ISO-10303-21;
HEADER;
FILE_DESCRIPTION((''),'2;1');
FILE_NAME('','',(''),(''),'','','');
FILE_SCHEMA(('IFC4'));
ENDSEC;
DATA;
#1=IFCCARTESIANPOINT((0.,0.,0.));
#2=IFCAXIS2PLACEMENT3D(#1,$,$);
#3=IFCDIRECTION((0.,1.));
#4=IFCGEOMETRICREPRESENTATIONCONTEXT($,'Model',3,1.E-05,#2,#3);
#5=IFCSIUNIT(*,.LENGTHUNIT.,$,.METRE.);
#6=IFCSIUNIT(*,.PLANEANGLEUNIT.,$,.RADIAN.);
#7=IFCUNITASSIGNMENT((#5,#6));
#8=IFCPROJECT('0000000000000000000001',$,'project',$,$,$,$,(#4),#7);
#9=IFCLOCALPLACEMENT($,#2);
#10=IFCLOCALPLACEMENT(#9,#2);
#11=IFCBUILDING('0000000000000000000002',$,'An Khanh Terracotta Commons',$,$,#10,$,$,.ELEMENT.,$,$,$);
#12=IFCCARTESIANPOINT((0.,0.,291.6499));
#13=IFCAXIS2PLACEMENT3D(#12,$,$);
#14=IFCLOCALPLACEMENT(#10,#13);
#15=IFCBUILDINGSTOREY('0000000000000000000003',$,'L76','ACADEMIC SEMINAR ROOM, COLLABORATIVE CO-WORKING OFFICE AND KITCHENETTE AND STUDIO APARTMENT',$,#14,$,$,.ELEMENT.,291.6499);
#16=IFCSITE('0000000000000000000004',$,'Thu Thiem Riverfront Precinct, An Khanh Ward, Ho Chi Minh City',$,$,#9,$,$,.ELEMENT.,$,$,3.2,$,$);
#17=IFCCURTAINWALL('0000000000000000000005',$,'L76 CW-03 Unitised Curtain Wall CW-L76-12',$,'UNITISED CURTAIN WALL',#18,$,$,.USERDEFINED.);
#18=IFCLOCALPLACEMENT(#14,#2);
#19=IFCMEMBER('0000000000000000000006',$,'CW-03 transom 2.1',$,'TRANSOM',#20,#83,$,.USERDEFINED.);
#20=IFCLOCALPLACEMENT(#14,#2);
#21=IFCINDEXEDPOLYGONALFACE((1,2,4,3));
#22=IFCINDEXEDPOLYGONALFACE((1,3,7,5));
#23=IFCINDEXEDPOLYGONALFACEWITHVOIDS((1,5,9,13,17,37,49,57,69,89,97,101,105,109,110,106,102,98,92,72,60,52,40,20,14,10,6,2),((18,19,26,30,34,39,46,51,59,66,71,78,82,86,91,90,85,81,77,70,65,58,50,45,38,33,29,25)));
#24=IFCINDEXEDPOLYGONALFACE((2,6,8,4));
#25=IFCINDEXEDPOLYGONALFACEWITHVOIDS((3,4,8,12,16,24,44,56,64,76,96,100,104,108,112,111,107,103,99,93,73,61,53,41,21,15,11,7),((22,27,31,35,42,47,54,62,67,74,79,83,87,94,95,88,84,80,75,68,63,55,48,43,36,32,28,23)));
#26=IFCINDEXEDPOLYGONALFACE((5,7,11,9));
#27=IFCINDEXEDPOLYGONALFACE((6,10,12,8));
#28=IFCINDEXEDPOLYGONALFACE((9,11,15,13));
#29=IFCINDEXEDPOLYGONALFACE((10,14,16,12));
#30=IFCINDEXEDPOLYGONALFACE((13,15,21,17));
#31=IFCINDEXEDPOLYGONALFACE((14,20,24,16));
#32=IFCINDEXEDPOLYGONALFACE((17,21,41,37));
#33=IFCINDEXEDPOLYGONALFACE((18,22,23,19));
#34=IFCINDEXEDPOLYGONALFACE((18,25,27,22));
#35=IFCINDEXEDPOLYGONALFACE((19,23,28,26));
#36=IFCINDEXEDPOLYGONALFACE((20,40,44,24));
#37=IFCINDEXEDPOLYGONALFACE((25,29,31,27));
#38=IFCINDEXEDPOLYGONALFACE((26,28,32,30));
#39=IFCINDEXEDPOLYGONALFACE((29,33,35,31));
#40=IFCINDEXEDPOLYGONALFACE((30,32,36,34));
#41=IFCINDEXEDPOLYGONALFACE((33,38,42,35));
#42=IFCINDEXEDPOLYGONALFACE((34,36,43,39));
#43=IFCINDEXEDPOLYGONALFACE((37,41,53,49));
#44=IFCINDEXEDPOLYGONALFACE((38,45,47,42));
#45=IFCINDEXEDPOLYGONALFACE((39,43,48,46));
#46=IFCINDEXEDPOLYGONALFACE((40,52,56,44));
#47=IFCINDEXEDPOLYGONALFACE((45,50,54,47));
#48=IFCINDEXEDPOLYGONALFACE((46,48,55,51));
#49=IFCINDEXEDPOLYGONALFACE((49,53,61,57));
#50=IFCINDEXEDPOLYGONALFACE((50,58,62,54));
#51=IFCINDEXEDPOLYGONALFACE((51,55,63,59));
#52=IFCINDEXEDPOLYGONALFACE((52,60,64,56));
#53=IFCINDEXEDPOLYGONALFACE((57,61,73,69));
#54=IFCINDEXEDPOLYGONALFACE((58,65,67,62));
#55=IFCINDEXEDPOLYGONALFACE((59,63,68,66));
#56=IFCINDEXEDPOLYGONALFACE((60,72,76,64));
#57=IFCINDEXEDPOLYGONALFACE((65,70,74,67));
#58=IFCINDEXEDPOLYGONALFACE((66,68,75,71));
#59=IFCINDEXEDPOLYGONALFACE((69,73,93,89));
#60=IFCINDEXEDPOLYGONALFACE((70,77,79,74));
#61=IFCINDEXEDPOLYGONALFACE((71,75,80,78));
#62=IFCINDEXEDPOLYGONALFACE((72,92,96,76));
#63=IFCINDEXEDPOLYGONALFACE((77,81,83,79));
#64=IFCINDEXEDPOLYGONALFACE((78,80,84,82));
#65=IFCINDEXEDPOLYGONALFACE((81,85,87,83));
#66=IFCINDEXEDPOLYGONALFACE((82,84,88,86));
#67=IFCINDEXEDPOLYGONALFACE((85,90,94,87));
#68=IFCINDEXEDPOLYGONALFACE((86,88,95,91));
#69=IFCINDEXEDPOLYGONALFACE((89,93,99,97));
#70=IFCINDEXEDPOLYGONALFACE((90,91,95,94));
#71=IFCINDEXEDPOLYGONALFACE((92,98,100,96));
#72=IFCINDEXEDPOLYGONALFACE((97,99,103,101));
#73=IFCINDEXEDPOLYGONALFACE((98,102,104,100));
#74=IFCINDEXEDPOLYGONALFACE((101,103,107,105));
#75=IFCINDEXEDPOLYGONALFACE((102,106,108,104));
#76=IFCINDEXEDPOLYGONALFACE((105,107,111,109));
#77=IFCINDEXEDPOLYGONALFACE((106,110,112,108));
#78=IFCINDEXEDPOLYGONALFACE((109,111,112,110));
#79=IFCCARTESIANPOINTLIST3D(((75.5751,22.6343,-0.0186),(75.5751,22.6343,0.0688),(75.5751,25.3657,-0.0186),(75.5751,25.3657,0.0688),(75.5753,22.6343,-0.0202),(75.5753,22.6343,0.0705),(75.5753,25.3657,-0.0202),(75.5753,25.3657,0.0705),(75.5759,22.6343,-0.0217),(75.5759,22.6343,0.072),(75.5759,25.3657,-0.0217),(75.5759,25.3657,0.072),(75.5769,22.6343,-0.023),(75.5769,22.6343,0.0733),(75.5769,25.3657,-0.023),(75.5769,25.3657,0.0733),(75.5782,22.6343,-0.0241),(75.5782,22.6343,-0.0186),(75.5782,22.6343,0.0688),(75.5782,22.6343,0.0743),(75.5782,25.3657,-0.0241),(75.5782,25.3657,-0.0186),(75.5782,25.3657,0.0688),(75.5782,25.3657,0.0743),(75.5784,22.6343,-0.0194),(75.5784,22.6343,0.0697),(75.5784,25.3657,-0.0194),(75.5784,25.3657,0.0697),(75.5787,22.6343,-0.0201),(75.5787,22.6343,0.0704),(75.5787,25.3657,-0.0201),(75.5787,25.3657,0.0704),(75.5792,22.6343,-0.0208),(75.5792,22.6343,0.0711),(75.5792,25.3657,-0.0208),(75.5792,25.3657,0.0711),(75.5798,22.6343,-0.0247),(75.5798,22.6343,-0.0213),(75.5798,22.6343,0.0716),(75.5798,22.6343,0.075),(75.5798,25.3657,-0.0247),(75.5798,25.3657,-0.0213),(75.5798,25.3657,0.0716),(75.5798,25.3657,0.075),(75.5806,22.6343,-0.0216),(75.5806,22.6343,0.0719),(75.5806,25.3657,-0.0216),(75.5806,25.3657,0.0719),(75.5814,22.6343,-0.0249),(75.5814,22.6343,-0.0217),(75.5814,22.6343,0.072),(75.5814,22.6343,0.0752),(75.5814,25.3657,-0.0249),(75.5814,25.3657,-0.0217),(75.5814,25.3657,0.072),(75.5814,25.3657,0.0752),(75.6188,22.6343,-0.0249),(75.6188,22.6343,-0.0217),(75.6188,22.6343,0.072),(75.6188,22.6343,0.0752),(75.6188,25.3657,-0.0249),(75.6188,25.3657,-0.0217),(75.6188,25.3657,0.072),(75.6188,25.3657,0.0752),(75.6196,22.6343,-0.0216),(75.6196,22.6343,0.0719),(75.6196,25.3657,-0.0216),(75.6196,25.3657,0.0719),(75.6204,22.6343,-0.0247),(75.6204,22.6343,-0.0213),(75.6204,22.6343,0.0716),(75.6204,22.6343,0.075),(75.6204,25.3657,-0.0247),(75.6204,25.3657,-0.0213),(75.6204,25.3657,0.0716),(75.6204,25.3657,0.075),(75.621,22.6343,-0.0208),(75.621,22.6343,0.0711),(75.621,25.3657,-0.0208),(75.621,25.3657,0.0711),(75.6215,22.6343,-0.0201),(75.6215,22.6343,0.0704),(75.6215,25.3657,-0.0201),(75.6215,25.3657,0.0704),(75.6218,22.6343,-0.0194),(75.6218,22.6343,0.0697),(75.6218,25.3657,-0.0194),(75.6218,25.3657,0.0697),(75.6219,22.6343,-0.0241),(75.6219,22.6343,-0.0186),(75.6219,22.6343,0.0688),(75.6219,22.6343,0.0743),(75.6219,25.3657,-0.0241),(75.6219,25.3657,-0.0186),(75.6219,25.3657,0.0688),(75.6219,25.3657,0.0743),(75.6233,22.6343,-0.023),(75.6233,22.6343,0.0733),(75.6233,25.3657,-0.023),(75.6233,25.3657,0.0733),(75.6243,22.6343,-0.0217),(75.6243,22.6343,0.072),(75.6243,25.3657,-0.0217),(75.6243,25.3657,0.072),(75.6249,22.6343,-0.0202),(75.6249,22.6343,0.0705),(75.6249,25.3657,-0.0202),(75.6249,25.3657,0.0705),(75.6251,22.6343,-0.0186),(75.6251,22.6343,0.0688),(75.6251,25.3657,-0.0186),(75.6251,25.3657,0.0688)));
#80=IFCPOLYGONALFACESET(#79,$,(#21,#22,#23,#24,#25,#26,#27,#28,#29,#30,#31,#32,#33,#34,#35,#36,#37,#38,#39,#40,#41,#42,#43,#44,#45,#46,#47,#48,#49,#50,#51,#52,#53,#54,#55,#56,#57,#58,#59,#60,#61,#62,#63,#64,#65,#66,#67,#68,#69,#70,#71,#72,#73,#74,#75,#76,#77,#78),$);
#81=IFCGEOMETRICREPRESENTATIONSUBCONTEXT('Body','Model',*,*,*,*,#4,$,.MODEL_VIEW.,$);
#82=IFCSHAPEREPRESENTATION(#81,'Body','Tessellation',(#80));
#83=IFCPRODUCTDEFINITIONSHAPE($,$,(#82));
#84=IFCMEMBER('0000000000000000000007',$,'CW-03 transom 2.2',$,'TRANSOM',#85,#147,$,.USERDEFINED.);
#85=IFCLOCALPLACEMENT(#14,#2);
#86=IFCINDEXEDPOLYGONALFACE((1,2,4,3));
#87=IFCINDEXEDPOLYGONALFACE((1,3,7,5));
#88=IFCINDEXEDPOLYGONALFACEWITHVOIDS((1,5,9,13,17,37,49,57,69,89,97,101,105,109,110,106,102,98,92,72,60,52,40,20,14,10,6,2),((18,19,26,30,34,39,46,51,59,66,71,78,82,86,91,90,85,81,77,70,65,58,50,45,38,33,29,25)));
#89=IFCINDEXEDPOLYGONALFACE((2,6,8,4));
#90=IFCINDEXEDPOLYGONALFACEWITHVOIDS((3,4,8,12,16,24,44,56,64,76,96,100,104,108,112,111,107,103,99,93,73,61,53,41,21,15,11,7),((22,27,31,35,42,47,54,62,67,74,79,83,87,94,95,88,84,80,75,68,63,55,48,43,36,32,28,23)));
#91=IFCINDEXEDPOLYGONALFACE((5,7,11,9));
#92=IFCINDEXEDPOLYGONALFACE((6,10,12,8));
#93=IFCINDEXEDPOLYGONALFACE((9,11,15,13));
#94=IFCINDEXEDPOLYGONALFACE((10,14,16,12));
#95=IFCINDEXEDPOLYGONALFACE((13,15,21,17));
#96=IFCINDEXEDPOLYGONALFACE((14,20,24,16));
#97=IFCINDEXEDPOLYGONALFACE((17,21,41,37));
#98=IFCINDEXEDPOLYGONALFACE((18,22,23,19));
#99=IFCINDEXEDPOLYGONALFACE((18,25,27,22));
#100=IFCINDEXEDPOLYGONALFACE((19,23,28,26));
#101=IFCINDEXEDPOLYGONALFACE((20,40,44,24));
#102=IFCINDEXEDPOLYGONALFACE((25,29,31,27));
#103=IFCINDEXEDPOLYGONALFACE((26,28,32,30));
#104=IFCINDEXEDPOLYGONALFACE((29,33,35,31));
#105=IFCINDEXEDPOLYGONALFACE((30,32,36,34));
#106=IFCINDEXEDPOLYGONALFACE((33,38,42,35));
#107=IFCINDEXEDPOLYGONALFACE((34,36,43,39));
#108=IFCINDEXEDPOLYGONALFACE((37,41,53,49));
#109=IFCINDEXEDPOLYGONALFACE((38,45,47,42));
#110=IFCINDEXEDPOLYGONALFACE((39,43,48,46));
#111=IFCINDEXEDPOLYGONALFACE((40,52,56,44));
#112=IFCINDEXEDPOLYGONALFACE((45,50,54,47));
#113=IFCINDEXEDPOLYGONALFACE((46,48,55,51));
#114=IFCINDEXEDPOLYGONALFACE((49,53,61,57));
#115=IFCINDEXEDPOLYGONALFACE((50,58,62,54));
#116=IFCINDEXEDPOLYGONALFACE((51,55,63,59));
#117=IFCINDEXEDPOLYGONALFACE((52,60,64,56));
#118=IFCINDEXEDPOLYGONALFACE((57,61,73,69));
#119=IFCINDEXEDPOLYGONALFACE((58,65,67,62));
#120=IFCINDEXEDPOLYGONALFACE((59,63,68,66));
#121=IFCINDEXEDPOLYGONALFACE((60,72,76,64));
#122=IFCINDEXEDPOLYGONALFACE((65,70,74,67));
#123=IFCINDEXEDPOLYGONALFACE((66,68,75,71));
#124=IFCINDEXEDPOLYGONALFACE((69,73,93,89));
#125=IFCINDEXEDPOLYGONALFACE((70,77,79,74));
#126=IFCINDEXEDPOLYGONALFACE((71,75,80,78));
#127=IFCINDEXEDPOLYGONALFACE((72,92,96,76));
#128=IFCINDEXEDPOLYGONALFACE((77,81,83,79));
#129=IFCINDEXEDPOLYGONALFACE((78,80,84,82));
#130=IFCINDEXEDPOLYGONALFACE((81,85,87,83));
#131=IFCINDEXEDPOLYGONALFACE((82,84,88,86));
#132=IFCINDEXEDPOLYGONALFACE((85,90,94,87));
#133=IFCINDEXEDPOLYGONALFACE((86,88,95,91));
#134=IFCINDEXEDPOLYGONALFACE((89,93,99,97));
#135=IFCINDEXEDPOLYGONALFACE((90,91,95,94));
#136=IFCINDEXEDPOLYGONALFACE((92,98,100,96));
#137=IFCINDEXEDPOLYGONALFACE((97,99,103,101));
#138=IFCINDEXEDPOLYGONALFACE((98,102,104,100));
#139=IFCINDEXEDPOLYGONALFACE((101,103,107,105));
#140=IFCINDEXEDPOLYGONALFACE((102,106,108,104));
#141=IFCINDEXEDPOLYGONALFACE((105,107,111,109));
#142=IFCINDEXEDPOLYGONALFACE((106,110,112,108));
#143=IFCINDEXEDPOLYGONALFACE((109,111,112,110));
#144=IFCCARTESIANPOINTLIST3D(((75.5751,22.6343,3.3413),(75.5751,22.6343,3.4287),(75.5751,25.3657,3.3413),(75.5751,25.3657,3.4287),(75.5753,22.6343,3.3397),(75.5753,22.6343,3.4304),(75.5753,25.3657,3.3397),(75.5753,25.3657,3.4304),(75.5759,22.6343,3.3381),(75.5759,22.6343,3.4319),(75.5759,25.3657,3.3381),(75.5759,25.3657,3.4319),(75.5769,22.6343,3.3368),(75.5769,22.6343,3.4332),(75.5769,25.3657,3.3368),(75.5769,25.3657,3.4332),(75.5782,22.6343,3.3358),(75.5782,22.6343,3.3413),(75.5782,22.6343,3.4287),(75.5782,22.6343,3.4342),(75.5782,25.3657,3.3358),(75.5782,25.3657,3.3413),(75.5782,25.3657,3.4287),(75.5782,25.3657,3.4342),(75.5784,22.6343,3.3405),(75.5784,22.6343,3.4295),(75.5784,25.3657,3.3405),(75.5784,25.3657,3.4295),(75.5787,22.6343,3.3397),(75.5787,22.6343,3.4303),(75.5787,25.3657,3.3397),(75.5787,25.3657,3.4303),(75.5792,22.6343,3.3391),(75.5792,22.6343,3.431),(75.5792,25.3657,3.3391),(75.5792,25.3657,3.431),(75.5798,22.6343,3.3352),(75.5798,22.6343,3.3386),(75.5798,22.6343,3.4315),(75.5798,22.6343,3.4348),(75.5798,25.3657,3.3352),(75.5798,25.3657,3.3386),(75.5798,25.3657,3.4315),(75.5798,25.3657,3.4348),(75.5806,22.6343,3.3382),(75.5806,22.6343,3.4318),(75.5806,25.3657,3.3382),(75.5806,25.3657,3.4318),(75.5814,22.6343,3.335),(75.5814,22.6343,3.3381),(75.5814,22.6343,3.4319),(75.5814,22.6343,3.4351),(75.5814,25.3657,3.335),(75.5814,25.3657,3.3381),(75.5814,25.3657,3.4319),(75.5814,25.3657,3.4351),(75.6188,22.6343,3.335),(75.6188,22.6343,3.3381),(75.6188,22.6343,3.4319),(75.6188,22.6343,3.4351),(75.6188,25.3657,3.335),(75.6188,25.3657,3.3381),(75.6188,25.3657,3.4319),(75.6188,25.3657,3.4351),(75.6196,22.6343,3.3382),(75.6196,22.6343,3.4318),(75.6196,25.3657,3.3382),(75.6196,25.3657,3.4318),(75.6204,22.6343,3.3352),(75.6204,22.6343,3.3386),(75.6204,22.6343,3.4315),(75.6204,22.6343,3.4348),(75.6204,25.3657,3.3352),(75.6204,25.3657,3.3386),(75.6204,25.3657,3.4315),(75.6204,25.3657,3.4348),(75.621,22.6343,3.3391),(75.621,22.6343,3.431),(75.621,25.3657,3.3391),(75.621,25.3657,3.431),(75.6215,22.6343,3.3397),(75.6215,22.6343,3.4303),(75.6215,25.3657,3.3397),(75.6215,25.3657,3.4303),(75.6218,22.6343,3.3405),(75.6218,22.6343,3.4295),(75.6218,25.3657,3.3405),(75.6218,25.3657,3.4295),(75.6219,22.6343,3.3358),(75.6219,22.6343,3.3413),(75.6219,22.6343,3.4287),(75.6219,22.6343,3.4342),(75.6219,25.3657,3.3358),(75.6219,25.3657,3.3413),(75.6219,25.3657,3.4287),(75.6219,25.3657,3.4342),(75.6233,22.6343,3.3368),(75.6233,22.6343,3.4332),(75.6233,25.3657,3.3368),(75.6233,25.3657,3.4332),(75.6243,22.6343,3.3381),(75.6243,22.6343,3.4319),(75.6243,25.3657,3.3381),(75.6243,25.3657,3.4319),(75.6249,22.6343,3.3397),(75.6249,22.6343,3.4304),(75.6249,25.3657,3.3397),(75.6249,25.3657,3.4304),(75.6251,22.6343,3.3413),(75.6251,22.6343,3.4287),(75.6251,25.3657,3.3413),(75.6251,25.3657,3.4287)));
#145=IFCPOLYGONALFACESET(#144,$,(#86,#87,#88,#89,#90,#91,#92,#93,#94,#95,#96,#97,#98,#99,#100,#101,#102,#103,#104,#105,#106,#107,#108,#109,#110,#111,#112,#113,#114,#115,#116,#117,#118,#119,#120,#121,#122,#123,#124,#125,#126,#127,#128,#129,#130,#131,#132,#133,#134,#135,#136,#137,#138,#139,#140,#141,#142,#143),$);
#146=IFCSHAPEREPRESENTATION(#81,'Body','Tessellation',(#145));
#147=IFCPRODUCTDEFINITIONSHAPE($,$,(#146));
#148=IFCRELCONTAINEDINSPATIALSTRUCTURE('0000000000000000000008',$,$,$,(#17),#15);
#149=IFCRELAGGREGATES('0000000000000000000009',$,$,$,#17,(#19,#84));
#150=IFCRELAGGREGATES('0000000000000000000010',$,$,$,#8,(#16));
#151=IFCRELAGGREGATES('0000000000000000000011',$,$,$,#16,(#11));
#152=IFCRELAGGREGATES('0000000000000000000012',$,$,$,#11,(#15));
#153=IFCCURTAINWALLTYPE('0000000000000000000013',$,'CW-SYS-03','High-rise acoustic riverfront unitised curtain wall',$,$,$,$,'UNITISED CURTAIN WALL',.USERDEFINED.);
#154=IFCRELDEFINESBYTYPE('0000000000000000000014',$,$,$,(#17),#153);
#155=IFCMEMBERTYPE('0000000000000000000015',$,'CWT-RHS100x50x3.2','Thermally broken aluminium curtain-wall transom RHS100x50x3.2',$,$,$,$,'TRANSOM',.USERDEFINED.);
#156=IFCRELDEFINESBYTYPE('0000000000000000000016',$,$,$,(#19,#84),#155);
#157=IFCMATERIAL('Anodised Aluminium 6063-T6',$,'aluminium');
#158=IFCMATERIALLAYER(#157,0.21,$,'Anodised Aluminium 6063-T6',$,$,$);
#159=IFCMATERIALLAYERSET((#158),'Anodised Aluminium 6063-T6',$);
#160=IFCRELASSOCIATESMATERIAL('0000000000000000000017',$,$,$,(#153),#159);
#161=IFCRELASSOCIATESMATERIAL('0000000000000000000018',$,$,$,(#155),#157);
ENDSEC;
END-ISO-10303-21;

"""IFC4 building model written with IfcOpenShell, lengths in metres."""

from ifc_helpers import new_model, si_unit, direction, frame, origin, origin_2d, place, context, subcontext, project, spatial, hollow_rectangle, extrude, material, layer, layer_set, material_profile, profile_set, type_object, element, aggregate, save


model = new_model("IFC4")

# Units and contexts
model_context = context("Model", 3, precision=1e-05, world=origin(), true_north=direction((0.0, 1.0)))
body_context = subcontext(model_context, "Body", "Model", "MODEL_VIEW")
ifc_project = project(units=[si_unit("LENGTHUNIT", "METRE"), si_unit("PLANEANGLEUNIT", "RADIAN")], contexts=[model_context])

# Site, building, storey
site_placement = place(None, origin())
site = spatial("IfcSite", under=ifc_project, at=site_placement, Name="Thu Thiem Riverfront Precinct, An Khanh Ward, Ho Chi Minh City", CompositionType="ELEMENT", RefElevation=3.2)
building_placement = place(site_placement, origin())
building = spatial("IfcBuilding", under=site, at=building_placement, Name="An Khanh Terracotta Commons", CompositionType="ELEMENT")
storey_placement = place(building_placement, frame((0.0, 0.0, 291.6499)))
storey = spatial("IfcBuildingStorey", under=building, at=storey_placement, Name="L76", Description="ACADEMIC SEMINAR ROOM, COLLABORATIVE CO-WORKING OFFICE AND KITCHENETTE AND STUDIO APARTMENT", CompositionType="ELEMENT", Elevation=291.6499)

# Curtain wall
ifc_material_1 = material(Name="Anodised Aluminium 6063-T6", Category="aluminium")
ifc_layer_1 = layer(ifc_material_1, 0.21, Name="Anodised Aluminium 6063-T6")
ifc_layer_set_1 = layer_set([ifc_layer_1], Name="Anodised Aluminium 6063-T6")
curtain_wall_type = type_object("IfcCurtainWallType", Name="CW-SYS-03", Description="High-rise acoustic riverfront unitised curtain wall", ElementType="UNITISED CURTAIN WALL", PredefinedType="USERDEFINED", material=ifc_layer_set_1)
curtain_wall_1_placement = place(storey_placement, origin())
curtain_wall_1 = element("IfcCurtainWall", 1, at=curtain_wall_1_placement, inside=storey, type_object=curtain_wall_type, Name="L76 CW-03 Unitised Curtain Wall CW-L76-12", ObjectType="UNITISED CURTAIN WALL", PredefinedType="USERDEFINED")

# Members
ifc_material_profile_1 = material_profile(ifc_material_1, hollow_rectangle(XDim=0.05, YDim=0.1001, WallThickness=0.0032, InnerFilletRadius=0.0032, OuterFilletRadius=0.0063, at=origin_2d()), Name="RHS100x50x3.2")
ifc_profile_set_1 = profile_set([ifc_material_profile_1], Name="Anodised Aluminium 6063-T6")
member_type_1 = type_object("IfcMemberType", Name="CWT-RHS100x50x3.2", Description="Thermally broken aluminium curtain-wall transom RHS100x50x3.2", ElementType="TRANSOM", PredefinedType="USERDEFINED", material=ifc_profile_set_1)
member_1_placement = place(storey_placement, frame((75.6001, 22.6343, 0.0251), z_axis=(0.0, 1.0, 0.0), x_axis=(-1.0, 0.0, 0.0)))
member_1 = element("IfcMember", 2, at=member_1_placement, type_object=member_type_1, Name="CW-03 transom 2.1", ObjectType="TRANSOM", PredefinedType="USERDEFINED", context=body_context, shape_type="SweptSolid", body=[
    extrude(hollow_rectangle(XDim=0.05, YDim=0.1001, WallThickness=0.0032, InnerFilletRadius=0.0032, OuterFilletRadius=0.0063, at=origin_2d()), origin(), (0.0, 0.0, 1.0), 2.7314),
])
member_2_placement = place(storey_placement, frame((75.6001, 22.6343, 3.385), z_axis=(0.0, 1.0, 0.0), x_axis=(-1.0, 0.0, 0.0)))
member_2 = element("IfcMember", 3, at=member_2_placement, type_object=member_type_1, Name="CW-03 transom 2.2", ObjectType="TRANSOM", PredefinedType="USERDEFINED", context=body_context, shape_type="SweptSolid", body=[
    extrude(hollow_rectangle(XDim=0.05, YDim=0.1001, WallThickness=0.0032, InnerFilletRadius=0.0032, OuterFilletRadius=0.0063, at=origin_2d()), origin(), (0.0, 0.0, 1.0), 2.7314),
])

aggregate(curtain_wall_1, [member_1, member_2])

save(model, "model.ifc")
